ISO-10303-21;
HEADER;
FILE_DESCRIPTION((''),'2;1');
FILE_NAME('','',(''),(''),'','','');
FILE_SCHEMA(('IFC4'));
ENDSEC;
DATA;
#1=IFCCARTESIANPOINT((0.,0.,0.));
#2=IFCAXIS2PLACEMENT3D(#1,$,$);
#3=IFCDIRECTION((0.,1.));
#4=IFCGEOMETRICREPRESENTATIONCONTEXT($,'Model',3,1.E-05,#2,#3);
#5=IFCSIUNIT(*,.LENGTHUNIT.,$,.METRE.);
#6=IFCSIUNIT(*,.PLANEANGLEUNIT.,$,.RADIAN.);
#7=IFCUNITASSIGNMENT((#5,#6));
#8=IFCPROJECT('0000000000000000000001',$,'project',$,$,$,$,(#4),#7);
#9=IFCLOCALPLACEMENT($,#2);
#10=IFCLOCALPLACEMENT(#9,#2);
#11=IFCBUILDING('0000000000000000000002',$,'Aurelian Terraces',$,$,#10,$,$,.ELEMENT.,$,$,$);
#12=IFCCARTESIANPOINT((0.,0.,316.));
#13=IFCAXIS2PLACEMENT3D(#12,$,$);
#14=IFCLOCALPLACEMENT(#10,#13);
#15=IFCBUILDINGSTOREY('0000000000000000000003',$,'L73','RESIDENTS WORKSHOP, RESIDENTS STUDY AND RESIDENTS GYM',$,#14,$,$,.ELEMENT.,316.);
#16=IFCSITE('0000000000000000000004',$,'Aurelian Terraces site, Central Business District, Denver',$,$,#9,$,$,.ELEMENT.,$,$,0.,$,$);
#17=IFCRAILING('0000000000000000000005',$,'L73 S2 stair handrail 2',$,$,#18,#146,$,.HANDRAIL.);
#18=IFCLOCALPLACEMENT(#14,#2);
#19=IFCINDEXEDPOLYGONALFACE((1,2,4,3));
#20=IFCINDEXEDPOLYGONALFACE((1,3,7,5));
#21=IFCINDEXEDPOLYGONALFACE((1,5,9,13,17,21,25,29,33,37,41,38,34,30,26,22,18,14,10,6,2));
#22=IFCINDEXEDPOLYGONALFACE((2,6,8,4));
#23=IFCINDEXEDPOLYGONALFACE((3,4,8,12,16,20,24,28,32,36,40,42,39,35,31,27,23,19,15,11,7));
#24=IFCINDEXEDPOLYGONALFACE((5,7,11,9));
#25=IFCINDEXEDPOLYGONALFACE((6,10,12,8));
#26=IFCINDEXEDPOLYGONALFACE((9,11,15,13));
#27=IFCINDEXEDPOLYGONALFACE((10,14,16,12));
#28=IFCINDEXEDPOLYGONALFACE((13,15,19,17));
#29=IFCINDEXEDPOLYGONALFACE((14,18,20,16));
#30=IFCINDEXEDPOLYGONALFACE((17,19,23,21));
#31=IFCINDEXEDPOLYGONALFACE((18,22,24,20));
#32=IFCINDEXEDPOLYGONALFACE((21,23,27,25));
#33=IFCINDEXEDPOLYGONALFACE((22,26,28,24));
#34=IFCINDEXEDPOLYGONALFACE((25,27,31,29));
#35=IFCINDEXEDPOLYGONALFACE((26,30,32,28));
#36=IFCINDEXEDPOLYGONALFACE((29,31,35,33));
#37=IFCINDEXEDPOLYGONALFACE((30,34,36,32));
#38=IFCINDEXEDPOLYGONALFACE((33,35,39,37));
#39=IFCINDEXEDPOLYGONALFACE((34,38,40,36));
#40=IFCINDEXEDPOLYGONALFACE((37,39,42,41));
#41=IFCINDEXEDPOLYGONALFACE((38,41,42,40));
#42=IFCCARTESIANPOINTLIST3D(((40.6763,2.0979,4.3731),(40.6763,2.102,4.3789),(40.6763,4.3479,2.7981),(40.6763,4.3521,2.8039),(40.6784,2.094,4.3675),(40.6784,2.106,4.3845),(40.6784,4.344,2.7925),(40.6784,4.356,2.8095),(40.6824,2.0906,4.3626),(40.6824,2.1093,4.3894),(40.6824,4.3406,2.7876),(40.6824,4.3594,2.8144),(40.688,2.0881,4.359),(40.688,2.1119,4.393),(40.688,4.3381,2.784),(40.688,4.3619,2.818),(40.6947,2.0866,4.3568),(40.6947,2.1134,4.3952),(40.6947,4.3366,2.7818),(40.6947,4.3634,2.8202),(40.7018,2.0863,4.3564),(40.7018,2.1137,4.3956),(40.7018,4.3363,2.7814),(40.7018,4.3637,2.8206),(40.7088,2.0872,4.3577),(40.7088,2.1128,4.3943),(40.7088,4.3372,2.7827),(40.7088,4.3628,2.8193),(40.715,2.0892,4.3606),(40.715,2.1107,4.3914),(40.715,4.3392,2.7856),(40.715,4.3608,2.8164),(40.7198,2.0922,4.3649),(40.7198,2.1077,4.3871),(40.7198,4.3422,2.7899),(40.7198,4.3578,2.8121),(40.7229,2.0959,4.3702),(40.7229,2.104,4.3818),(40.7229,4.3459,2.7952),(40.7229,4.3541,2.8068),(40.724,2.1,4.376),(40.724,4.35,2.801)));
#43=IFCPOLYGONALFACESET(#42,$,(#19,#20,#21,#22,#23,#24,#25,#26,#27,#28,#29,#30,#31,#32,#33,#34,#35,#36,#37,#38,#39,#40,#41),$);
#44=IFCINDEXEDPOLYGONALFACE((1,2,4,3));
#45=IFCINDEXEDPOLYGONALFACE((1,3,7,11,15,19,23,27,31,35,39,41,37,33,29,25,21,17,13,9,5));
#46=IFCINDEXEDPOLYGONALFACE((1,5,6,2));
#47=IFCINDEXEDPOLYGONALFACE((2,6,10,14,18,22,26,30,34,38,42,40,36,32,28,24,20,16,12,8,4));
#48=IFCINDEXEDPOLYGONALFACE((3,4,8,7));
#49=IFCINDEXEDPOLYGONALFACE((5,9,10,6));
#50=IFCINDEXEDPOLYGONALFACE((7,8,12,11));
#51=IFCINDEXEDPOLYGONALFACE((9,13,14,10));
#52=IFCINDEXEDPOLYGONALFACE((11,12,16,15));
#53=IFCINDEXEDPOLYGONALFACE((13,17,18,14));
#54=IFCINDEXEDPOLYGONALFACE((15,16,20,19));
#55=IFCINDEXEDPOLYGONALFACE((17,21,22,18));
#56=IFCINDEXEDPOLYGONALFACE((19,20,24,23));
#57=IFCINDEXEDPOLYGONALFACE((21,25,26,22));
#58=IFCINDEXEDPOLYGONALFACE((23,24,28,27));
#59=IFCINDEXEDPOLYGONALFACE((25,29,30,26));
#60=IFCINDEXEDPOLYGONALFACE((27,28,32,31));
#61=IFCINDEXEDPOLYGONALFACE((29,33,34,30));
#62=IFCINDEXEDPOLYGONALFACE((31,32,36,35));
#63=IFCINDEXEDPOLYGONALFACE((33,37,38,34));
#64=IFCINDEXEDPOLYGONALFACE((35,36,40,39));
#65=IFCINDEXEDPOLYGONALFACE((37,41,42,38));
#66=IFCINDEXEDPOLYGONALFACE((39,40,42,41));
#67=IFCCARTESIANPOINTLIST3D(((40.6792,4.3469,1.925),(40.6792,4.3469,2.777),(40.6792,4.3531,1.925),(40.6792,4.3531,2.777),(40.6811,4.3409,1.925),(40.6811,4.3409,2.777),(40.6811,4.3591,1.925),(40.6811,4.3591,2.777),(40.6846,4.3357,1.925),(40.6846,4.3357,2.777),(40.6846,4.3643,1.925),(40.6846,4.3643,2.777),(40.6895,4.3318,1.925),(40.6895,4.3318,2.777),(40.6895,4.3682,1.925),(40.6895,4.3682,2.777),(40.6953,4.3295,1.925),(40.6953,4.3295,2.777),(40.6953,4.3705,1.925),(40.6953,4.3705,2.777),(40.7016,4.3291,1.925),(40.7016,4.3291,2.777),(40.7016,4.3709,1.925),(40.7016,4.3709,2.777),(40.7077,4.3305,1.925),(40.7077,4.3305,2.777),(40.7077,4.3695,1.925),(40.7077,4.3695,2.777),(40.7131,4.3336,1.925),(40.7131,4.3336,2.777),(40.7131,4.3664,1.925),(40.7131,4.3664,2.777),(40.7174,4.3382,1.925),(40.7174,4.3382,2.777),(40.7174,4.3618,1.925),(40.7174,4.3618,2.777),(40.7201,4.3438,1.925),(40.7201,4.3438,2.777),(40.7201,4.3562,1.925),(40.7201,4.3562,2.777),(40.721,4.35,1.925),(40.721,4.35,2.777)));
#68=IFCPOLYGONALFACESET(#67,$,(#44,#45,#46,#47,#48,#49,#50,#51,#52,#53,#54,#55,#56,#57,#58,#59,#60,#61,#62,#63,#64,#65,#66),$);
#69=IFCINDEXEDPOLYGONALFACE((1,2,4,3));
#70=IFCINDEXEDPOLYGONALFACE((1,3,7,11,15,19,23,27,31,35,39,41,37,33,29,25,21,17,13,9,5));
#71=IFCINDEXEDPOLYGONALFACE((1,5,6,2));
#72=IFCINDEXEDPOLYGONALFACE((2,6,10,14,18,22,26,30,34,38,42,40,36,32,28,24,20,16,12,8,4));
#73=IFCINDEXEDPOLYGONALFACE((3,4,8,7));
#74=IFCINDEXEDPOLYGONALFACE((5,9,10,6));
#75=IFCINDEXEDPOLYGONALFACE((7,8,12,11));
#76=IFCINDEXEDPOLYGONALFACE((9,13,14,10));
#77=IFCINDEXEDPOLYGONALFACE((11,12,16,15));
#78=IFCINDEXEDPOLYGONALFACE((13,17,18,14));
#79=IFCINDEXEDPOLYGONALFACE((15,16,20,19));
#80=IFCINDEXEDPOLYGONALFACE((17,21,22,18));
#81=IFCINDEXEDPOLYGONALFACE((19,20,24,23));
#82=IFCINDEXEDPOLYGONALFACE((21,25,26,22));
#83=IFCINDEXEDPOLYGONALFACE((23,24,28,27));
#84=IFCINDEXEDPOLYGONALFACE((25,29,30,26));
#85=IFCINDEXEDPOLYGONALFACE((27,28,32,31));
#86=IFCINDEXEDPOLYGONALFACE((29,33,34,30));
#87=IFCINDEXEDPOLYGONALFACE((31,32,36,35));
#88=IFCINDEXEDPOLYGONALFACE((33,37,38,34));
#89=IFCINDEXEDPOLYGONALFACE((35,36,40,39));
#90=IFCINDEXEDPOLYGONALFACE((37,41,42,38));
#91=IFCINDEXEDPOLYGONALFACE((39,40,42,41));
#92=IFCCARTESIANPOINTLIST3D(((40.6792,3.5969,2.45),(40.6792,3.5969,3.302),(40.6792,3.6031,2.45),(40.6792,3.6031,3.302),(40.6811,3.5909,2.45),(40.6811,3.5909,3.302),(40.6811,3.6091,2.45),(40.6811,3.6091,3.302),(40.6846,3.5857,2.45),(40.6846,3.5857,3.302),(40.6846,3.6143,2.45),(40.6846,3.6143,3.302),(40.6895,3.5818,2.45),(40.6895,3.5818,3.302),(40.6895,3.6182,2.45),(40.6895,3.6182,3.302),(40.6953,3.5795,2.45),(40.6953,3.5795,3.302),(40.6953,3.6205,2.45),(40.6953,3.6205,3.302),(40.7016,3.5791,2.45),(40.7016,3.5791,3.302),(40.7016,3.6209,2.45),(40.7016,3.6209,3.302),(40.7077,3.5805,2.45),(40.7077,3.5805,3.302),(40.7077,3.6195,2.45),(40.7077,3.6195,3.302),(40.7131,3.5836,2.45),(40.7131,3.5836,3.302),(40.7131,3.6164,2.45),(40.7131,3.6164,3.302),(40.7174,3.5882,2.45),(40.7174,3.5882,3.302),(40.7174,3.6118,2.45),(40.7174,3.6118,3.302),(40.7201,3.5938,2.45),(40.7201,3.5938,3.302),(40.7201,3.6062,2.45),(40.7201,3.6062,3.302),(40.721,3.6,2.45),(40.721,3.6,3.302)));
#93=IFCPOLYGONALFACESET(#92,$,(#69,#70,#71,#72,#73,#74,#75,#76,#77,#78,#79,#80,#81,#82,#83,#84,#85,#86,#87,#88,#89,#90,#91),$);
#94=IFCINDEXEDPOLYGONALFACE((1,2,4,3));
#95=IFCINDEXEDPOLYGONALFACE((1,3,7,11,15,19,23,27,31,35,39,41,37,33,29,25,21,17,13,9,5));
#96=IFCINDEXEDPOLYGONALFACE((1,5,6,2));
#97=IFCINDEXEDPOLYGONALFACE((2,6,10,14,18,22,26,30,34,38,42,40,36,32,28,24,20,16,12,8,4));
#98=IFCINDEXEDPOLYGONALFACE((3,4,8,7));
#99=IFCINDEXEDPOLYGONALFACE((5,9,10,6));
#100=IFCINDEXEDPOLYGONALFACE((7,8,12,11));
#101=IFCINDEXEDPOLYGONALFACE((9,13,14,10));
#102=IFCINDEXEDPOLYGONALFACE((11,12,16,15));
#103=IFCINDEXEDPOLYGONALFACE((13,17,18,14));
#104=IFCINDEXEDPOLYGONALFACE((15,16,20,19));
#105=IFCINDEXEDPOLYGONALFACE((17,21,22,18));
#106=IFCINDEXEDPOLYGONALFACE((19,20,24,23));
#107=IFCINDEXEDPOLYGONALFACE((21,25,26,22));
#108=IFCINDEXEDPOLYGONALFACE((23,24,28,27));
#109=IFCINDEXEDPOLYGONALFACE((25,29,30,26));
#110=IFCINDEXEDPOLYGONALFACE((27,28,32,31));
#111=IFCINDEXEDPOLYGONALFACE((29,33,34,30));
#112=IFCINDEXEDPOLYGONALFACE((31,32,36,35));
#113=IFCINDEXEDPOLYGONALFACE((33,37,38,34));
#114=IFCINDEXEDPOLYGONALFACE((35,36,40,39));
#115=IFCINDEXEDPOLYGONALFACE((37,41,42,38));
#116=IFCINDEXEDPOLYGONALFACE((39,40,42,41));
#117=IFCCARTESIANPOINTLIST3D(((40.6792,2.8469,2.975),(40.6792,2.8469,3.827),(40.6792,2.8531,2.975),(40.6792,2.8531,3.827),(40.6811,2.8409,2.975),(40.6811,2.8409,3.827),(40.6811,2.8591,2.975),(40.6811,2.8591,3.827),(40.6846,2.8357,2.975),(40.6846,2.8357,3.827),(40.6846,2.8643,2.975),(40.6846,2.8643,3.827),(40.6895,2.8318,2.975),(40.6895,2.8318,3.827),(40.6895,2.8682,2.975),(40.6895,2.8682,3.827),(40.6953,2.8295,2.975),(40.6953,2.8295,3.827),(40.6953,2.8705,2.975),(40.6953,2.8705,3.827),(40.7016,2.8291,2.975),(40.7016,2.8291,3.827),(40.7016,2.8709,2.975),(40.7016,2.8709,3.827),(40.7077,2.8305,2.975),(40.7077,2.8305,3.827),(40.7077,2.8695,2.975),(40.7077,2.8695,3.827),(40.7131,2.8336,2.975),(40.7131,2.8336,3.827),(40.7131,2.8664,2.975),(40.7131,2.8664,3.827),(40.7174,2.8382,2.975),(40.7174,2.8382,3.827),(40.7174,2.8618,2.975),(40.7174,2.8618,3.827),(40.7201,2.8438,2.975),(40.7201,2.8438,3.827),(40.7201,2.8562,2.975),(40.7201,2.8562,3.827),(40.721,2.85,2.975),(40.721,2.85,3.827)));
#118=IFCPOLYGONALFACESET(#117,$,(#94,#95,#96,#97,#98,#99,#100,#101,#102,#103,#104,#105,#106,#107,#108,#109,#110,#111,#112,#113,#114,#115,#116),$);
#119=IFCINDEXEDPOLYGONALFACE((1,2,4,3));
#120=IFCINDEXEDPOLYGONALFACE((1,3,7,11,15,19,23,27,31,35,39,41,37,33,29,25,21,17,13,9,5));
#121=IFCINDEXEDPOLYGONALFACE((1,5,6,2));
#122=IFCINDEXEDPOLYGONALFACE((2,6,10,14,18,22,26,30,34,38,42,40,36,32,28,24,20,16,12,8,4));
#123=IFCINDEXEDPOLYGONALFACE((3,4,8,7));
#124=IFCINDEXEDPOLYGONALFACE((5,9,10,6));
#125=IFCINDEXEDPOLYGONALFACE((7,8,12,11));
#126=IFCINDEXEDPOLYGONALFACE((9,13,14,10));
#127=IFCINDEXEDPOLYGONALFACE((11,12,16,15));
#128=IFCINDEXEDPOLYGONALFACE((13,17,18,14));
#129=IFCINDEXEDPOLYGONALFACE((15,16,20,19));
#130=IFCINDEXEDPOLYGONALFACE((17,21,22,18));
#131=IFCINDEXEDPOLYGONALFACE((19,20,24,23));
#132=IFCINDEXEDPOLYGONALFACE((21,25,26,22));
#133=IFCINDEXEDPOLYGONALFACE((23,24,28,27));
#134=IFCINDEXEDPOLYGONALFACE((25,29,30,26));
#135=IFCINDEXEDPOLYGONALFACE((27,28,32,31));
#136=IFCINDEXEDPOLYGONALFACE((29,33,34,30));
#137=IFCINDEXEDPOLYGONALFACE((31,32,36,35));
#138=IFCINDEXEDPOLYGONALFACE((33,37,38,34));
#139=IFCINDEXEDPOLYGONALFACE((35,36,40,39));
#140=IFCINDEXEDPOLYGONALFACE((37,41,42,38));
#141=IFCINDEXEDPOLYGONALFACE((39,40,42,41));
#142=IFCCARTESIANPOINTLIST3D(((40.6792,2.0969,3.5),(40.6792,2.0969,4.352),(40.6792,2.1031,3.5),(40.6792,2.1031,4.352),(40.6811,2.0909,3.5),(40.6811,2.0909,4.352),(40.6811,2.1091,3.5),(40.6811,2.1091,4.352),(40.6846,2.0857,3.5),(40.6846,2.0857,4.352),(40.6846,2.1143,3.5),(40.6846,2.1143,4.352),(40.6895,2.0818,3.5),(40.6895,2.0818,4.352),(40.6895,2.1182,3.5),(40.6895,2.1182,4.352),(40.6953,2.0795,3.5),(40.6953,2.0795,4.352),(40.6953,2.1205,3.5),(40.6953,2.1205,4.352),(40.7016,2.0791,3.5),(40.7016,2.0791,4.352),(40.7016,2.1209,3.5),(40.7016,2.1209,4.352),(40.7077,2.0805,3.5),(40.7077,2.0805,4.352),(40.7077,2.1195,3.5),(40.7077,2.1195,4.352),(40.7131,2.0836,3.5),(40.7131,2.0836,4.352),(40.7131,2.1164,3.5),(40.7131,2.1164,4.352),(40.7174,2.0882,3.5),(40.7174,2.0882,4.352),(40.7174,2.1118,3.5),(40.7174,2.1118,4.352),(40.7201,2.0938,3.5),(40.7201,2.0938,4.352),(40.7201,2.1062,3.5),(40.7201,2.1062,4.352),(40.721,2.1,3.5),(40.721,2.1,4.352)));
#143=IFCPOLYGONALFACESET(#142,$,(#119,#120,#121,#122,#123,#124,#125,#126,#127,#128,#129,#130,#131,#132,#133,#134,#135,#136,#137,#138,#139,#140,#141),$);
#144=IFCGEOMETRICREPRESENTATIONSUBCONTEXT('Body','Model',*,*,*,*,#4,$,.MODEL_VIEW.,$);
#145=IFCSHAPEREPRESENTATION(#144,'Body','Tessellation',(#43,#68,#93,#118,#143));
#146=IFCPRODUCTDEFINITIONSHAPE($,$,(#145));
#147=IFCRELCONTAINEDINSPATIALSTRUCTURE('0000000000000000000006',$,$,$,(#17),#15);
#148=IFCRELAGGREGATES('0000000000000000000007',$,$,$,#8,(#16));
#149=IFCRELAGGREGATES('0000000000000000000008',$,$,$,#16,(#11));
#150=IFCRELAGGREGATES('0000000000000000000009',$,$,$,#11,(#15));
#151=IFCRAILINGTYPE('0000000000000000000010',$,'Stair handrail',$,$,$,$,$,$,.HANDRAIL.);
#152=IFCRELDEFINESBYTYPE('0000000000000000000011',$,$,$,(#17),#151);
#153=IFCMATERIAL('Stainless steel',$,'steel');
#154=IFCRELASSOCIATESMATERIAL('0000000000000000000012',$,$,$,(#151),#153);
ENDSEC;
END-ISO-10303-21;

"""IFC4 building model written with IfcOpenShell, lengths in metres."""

from ifc_helpers import new_model, si_unit, direction, frame, origin, origin_2d, place, context, subcontext, project, spatial, circle, extrude, source, transform, mapped, material, type_object, element, save


model = new_model("IFC4")

# Units and contexts
model_context = context("Model", 3, precision=1e-05, world=origin(), true_north=direction((0.0, 1.0)))
body_context = subcontext(model_context, "Body", "Model", "MODEL_VIEW")
ifc_project = project(units=[si_unit("LENGTHUNIT", "METRE"), si_unit("PLANEANGLEUNIT", "RADIAN")], contexts=[model_context])

# Site, building, storey
site_placement = place(None, origin())
site = spatial("IfcSite", under=ifc_project, at=site_placement, Name="Aurelian Terraces site, Central Business District, Denver", CompositionType="ELEMENT", RefElevation=0.0)
building_placement = place(site_placement, origin())
building = spatial("IfcBuilding", under=site, at=building_placement, Name="Aurelian Terraces", CompositionType="ELEMENT")
storey_placement = place(building_placement, frame((0.0, 0.0, 316.0)))
storey = spatial("IfcBuildingStorey", under=building, at=storey_placement, Name="L73", Description="RESIDENTS WORKSHOP, RESIDENTS STUDY AND RESIDENTS GYM", CompositionType="ELEMENT", Elevation=316.0)

# Railing
ifc_material_1 = material(Name="Stainless steel", Category="steel")
railing_type_1 = type_object("IfcRailingType", Name="Stair handrail", PredefinedType="HANDRAIL", material=ifc_material_1)
shared_shape_1 = source(origin(), body_context, "Body", "SweptSolid", [
    extrude(circle(Radius=0.024, at=origin_2d()), frame((0.0, 0.0, 0.876), z_axis=(0.0, -0.819232, 0.573462), x_axis=(1.0, 0.0, 0.0)), (0.0, 0.0, 1.0), 2.7465),
    extrude(circle(Radius=0.021, at=origin_2d()), origin(), (0.0, 0.0, 1.0), 0.852),
    extrude(circle(Radius=0.021, at=origin_2d()), frame((0.0, -0.75, 0.525)), (0.0, 0.0, 1.0), 0.852),
    extrude(circle(Radius=0.021, at=origin_2d()), frame((0.0, -1.5, 1.05)), (0.0, 0.0, 1.0), 0.852),
    extrude(circle(Radius=0.021, at=origin_2d()), frame((0.0, -2.25, 1.575)), (0.0, 0.0, 1.0), 0.852),
])
railing_1_placement = place(storey_placement, frame((40.7, 4.35, 1.925)))
element("IfcRailing", 1, at=railing_1_placement, inside=storey, type_object=railing_type_1, Name="L73 S2 stair handrail 2", PredefinedType="HANDRAIL", context=body_context, shape_type="MappedRepresentation", body=[
    mapped(shared_shape_1, transform((0.0, 0.0, 0.0), scale=1.0)),
])

save(model, "model.ifc")
